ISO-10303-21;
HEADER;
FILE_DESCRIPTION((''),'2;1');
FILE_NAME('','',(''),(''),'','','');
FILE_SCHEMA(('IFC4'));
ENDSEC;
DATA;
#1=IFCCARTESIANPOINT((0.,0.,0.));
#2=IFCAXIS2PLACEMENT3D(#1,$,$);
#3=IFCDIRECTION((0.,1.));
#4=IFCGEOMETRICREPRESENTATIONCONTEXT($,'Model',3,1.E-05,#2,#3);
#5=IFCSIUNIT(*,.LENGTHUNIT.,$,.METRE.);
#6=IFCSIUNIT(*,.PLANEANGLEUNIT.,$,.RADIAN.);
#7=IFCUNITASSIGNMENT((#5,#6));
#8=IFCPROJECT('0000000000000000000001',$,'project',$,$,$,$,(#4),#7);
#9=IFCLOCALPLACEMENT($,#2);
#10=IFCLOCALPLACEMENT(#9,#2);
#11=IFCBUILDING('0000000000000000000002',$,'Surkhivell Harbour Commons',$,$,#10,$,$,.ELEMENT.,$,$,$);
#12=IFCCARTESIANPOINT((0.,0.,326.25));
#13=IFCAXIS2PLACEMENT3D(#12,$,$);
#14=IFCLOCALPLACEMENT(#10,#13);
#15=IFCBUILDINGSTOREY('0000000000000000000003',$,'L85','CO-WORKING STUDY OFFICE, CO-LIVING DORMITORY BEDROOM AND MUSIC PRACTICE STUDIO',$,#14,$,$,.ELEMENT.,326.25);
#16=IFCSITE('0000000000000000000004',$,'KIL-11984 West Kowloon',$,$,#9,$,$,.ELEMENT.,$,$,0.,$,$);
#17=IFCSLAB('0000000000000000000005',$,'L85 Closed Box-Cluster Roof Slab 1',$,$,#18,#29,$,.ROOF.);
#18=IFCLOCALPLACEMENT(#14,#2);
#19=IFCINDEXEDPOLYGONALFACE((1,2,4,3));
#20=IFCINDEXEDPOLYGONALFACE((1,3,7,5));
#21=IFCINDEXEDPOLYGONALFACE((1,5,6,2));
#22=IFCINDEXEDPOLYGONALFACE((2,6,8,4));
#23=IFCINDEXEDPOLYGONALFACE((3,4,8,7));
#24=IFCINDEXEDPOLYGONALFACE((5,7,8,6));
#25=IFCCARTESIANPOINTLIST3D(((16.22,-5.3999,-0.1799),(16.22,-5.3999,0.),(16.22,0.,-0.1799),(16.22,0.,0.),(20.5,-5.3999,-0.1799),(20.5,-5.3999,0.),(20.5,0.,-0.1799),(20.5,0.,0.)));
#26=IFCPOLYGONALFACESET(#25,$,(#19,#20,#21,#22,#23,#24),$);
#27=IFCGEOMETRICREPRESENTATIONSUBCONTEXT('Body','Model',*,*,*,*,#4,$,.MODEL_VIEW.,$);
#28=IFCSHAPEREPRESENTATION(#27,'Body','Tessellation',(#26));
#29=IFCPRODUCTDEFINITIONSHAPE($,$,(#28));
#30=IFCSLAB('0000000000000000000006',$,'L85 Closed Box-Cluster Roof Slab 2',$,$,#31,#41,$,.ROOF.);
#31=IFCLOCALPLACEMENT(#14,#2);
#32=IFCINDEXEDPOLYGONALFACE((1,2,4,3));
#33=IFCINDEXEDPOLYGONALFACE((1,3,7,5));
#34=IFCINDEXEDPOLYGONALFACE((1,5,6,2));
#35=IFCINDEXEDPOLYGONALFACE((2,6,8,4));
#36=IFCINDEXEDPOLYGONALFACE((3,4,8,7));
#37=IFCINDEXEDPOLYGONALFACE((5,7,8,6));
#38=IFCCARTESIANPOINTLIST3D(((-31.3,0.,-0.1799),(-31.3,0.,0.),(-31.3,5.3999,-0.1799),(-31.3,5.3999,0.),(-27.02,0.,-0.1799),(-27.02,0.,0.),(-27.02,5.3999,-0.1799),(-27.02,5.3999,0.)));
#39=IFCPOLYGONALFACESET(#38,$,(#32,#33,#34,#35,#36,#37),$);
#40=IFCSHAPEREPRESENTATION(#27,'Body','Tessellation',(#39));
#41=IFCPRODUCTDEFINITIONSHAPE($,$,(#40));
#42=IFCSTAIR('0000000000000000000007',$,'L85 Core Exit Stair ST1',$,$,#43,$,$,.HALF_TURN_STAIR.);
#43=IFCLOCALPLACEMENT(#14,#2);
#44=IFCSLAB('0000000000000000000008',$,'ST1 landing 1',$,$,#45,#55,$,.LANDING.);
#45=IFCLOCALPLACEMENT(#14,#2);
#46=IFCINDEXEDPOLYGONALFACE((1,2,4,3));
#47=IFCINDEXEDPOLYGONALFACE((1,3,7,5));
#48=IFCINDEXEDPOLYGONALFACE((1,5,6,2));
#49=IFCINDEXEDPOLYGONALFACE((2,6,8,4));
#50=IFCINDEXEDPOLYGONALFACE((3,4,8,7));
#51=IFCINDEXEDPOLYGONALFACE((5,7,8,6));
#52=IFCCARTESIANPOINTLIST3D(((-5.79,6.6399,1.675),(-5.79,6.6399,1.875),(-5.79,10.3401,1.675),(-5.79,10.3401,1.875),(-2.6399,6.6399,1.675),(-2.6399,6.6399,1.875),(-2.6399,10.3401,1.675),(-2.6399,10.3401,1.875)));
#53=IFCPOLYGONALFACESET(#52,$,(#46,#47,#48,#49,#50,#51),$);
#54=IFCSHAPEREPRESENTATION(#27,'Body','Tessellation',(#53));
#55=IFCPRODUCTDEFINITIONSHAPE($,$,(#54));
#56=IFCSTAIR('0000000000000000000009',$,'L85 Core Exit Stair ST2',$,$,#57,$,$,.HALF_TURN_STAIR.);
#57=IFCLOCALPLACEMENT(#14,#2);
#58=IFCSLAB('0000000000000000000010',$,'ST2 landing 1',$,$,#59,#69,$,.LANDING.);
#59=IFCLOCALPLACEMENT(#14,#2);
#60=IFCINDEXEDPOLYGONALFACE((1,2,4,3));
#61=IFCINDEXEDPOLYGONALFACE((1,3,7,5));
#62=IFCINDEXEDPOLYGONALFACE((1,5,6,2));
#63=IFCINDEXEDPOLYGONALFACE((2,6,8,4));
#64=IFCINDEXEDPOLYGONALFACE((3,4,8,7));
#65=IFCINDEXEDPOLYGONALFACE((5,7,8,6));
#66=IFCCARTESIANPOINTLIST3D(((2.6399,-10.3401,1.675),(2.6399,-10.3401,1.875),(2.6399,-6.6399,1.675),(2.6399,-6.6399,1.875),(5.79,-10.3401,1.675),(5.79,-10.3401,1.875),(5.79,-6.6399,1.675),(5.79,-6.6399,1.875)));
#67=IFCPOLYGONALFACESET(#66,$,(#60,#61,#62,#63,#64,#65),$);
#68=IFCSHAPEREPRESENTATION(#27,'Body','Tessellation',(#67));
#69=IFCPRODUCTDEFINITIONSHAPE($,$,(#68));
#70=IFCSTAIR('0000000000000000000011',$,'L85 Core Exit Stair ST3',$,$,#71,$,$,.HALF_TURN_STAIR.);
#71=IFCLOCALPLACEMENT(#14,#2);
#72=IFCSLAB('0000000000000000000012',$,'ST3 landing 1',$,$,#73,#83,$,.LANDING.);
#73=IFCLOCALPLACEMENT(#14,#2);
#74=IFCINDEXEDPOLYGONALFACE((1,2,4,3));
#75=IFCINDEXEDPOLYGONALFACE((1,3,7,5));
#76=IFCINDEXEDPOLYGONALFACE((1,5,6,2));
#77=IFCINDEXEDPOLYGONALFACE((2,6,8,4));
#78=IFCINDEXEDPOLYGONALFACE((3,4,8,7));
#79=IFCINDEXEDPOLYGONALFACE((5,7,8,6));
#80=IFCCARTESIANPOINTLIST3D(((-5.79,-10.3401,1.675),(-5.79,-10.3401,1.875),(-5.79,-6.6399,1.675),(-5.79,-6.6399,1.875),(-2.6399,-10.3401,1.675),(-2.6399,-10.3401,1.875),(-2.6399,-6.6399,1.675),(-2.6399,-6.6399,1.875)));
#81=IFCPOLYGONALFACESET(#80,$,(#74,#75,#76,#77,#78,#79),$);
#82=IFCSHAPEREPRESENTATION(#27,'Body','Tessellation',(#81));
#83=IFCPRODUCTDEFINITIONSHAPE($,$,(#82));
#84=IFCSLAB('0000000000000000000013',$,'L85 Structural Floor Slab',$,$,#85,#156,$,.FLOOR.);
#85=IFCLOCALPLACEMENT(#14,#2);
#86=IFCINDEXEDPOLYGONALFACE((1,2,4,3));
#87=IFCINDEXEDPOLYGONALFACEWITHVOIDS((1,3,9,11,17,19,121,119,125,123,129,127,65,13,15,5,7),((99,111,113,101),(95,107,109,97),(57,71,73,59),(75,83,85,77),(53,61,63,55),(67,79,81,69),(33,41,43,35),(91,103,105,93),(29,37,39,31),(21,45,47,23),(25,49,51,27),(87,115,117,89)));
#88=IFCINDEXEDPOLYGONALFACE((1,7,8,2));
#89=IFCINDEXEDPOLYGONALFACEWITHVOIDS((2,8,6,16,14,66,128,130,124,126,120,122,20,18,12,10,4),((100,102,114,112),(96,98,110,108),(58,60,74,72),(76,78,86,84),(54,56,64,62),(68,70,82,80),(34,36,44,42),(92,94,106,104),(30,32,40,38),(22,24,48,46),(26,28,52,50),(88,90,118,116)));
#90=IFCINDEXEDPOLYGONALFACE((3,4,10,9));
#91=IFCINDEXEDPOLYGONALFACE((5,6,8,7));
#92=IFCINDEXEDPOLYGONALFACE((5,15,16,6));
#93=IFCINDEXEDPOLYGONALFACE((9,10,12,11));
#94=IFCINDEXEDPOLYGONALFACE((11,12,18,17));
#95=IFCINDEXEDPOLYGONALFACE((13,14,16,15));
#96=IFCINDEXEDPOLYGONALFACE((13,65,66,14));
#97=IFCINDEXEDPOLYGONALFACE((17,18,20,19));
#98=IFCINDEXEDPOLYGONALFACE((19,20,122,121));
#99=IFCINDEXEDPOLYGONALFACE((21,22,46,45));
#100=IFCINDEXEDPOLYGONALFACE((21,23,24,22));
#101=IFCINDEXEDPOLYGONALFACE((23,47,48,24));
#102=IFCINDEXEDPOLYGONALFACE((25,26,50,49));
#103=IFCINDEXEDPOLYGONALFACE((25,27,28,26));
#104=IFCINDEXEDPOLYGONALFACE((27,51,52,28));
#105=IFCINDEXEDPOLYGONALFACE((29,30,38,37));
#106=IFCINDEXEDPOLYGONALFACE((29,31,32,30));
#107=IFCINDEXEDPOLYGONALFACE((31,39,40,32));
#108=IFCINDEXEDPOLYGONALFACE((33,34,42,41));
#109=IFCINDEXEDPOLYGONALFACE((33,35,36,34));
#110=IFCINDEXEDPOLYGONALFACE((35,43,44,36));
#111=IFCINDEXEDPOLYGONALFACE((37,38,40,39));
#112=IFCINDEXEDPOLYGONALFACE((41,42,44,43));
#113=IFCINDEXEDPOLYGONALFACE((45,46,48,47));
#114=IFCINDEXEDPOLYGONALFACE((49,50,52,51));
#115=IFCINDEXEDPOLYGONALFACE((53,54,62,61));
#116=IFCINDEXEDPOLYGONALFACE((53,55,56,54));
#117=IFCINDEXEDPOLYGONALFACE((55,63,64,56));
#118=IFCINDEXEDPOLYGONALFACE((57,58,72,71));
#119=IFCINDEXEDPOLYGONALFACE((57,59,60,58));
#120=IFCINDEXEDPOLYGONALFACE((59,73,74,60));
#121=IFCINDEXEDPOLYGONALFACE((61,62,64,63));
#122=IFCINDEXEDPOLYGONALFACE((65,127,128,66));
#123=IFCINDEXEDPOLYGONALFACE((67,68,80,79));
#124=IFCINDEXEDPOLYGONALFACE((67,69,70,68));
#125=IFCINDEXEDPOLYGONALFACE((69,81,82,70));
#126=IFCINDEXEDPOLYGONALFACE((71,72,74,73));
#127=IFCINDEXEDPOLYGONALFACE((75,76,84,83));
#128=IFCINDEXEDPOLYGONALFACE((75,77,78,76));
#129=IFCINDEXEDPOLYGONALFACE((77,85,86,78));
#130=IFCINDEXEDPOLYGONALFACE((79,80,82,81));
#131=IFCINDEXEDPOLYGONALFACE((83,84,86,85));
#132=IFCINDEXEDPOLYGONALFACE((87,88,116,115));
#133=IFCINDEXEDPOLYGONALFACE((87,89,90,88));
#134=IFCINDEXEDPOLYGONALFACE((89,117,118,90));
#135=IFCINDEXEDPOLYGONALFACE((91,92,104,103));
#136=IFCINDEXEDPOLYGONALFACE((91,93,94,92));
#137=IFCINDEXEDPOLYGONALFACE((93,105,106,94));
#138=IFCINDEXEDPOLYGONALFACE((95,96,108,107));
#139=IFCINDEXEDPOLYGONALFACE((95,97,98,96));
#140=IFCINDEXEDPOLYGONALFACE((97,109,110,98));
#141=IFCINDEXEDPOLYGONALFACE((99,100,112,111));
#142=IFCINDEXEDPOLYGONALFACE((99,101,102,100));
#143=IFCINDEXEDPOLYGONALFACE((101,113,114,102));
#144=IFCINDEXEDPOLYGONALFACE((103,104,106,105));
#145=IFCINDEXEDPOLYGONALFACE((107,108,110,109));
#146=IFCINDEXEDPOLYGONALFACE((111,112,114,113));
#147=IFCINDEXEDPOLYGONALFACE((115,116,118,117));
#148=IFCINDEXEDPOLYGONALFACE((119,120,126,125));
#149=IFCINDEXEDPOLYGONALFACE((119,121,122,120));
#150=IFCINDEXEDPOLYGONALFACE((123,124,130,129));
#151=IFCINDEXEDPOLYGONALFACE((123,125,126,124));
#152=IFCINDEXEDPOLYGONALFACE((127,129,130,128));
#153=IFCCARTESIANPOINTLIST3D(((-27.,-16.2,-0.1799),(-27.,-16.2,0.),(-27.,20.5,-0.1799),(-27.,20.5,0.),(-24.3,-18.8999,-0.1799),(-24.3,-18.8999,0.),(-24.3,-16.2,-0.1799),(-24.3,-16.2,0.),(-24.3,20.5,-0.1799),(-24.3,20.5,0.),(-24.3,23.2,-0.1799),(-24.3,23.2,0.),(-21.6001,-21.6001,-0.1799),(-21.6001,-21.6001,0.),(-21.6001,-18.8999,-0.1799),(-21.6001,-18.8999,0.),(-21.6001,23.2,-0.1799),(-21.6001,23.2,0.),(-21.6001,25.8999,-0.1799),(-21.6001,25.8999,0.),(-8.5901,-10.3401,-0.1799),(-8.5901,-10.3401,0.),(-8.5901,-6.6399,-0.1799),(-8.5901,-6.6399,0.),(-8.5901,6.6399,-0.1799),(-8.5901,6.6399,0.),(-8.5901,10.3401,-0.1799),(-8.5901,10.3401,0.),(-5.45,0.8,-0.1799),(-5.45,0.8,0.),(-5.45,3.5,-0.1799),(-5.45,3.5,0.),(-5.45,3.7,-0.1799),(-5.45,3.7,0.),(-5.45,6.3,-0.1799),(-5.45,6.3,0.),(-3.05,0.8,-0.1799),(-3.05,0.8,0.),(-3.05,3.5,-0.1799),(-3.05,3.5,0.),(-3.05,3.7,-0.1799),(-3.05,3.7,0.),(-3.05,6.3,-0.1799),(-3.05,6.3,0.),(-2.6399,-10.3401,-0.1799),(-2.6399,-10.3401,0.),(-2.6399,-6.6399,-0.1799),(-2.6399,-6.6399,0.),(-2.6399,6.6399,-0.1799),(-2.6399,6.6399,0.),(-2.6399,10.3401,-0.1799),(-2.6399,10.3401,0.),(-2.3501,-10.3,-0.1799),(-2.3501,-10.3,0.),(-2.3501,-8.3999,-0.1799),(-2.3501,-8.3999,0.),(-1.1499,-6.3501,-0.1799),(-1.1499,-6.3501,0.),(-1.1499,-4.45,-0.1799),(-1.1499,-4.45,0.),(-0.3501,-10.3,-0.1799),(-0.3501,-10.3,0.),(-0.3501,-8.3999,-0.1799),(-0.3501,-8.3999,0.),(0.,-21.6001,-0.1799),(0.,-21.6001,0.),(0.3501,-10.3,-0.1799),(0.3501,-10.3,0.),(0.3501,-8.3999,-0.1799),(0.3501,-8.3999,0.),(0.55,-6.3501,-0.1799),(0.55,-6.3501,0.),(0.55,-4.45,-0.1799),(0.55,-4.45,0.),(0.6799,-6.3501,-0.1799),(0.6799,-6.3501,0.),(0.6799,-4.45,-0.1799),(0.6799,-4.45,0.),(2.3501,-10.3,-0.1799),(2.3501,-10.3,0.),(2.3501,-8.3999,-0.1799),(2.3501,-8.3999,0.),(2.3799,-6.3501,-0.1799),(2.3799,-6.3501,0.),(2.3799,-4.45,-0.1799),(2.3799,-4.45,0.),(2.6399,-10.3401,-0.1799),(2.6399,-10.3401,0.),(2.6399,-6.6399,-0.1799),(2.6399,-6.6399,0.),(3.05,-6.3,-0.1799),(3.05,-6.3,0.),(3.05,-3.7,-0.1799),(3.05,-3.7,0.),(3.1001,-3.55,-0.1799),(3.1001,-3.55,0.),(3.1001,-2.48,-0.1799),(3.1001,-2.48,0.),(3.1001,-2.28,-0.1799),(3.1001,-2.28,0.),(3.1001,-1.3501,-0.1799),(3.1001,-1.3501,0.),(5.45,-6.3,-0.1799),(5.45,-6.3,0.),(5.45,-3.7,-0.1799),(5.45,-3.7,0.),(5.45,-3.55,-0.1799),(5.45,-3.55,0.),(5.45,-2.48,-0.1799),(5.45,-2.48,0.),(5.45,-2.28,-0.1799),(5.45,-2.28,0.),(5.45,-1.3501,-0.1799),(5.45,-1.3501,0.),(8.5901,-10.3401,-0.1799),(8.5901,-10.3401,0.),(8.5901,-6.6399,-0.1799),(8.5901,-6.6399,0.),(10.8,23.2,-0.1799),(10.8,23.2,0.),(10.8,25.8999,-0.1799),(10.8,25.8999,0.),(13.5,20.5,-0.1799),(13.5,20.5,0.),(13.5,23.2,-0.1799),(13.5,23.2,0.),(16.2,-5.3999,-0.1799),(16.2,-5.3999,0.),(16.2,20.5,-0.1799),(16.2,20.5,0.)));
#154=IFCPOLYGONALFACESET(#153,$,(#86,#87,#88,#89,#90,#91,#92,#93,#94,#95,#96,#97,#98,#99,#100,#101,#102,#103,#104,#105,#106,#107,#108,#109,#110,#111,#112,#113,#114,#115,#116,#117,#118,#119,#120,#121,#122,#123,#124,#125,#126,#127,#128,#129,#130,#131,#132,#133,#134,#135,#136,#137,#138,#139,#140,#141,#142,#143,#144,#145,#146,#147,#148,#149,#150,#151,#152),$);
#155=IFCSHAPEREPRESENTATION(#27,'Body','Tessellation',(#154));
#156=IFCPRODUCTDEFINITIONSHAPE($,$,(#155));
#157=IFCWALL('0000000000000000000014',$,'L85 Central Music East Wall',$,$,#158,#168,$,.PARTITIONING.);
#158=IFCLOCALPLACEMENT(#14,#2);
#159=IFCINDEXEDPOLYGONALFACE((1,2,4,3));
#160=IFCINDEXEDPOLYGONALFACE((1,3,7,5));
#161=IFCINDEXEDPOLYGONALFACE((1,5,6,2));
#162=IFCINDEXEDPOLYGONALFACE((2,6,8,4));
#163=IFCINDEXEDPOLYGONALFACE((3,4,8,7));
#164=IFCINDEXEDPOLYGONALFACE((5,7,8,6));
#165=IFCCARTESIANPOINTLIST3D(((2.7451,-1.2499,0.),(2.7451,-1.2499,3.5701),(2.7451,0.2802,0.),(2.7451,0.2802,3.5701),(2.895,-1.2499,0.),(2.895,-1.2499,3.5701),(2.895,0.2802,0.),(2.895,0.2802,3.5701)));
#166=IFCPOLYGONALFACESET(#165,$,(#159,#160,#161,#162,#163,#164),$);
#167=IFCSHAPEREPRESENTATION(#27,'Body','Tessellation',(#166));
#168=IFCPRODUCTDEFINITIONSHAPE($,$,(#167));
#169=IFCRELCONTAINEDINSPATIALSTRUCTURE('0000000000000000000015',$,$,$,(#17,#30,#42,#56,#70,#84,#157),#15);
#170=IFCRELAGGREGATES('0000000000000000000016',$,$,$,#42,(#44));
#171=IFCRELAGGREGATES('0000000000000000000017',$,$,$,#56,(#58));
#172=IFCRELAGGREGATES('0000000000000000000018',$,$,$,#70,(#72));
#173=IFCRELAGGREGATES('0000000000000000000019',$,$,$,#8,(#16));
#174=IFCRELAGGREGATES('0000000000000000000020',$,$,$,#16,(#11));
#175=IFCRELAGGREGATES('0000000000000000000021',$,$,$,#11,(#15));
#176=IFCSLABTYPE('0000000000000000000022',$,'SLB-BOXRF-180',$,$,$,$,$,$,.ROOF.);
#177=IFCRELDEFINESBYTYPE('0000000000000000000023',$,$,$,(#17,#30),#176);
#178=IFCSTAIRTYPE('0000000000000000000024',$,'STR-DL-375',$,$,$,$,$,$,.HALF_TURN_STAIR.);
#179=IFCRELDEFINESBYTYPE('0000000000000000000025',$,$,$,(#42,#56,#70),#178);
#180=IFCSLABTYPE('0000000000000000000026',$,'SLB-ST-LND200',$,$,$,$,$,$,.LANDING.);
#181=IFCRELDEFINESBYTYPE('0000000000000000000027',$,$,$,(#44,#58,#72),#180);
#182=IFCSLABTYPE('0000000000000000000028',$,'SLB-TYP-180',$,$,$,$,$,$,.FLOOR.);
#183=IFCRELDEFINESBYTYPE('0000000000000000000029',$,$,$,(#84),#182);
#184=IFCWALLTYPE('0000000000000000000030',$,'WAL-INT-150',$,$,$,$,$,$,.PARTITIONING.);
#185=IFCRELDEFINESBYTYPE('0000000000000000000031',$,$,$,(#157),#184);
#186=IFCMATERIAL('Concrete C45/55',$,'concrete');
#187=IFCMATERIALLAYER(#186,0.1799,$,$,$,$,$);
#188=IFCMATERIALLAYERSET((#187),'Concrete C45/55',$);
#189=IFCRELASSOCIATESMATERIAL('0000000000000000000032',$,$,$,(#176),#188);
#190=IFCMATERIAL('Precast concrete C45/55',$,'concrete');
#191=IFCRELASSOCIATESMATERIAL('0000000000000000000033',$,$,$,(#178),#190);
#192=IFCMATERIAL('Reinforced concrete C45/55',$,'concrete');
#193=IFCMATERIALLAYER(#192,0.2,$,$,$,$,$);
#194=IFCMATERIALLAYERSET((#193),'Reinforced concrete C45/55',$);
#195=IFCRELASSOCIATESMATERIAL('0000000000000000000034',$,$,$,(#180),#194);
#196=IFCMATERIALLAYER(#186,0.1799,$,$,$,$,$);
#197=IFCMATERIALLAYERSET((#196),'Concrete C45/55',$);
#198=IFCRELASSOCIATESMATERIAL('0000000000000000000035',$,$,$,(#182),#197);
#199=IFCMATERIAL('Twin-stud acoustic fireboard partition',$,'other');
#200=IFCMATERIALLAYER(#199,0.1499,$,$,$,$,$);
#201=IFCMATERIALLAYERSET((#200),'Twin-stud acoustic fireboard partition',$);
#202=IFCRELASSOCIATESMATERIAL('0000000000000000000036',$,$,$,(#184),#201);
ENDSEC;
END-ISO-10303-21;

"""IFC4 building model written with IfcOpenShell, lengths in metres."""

from ifc_helpers import new_model, si_unit, direction, frame, frame_2d, origin, place, context, subcontext, project, spatial, polyline, rectangle, outline, extrude, material, layer, layer_set, type_object, element, aggregate, save


model = new_model("IFC4")

# Units and contexts
model_context = context("Model", 3, precision=1e-05, world=origin(), true_north=direction((0.0, 1.0)))
body_context = subcontext(model_context, "Body", "Model", "MODEL_VIEW")
ifc_project = project(units=[si_unit("LENGTHUNIT", "METRE"), si_unit("PLANEANGLEUNIT", "RADIAN")], contexts=[model_context])

# Site, building, storey
site_placement = place(None, origin())
site = spatial("IfcSite", under=ifc_project, at=site_placement, Name="KIL-11984 West Kowloon", CompositionType="ELEMENT", RefElevation=0.0)
building_placement = place(site_placement, origin())
building = spatial("IfcBuilding", under=site, at=building_placement, Name="Surkhivell Harbour Commons", CompositionType="ELEMENT")
storey_placement = place(building_placement, frame((0.0, 0.0, 326.25)))
storey = spatial("IfcBuildingStorey", under=building, at=storey_placement, Name="L85", Description="CO-WORKING STUDY OFFICE, CO-LIVING DORMITORY BEDROOM AND MUSIC PRACTICE STUDIO", CompositionType="ELEMENT", Elevation=326.25)

# Slabs
ifc_material_1 = material(Name="Concrete C45/55", Category="concrete")
ifc_layer_1 = layer(ifc_material_1, 0.1799)
ifc_layer_set_1 = layer_set([ifc_layer_1], Name="Concrete C45/55")
slab_type_1 = type_object("IfcSlabType", Name="SLB-BOXRF-180", PredefinedType="ROOF", material=ifc_layer_set_1)
slab_1_placement = place(storey_placement, frame((0.0, 0.0, -0.1799)))
element("IfcSlab", 1, at=slab_1_placement, inside=storey, type_object=slab_type_1, Name="L85 Closed Box-Cluster Roof Slab 1", PredefinedType="ROOF", context=body_context, shape_type="SweptSolid", body=[
    extrude(outline(polyline([(20.5, 0.0), (16.22, 0.0), (16.22, -5.3999), (20.5, -5.3999), (20.5, 0.0)])), origin(), (0.0, 0.0, 1.0), 0.1799),
])
slab_2_placement = place(storey_placement, frame((0.0, 0.0, -0.1799)))
element("IfcSlab", 2, at=slab_2_placement, inside=storey, type_object=slab_type_1, Name="L85 Closed Box-Cluster Roof Slab 2", PredefinedType="ROOF", context=body_context, shape_type="SweptSolid", body=[
    extrude(outline(polyline([(-31.3, 0.0), (-27.02, 0.0), (-27.02, 5.3999), (-31.3, 5.3999), (-31.3, 0.0)])), origin(), (0.0, 0.0, 1.0), 0.1799),
])

# Stairs, slabs
ifc_material_2 = material(Name="Precast concrete C45/55", Category="concrete")
stair_type = type_object("IfcStairType", Name="STR-DL-375", PredefinedType="HALF_TURN_STAIR", material=ifc_material_2)
stair_1_placement = place(storey_placement, origin())
stair_1 = element("IfcStair", 3, at=stair_1_placement, inside=storey, type_object=stair_type, Name="L85 Core Exit Stair ST1", PredefinedType="HALF_TURN_STAIR")
ifc_material_3 = material(Name="Reinforced concrete C45/55", Category="concrete")
ifc_layer_2 = layer(ifc_material_3, 0.2)
ifc_layer_set_2 = layer_set([ifc_layer_2], Name="Reinforced concrete C45/55")
slab_type_2 = type_object("IfcSlabType", Name="SLB-ST-LND200", PredefinedType="LANDING", material=ifc_layer_set_2)
slab_3_placement = place(storey_placement, frame((0.0, 0.0, 1.675)))
slab_3 = element("IfcSlab", 4, at=slab_3_placement, type_object=slab_type_2, Name="ST1 landing 1", PredefinedType="LANDING", context=body_context, shape_type="SweptSolid", body=[
    extrude(outline(polyline([(-5.79, 6.6399), (-2.6399, 6.6399), (-2.6399, 10.3401), (-5.79, 10.3401), (-5.79, 6.6399)])), origin(), (0.0, 0.0, 1.0), 0.2),
])
aggregate(stair_1, [slab_3])
stair_2_placement = place(storey_placement, origin())
stair_2 = element("IfcStair", 5, at=stair_2_placement, inside=storey, type_object=stair_type, Name="L85 Core Exit Stair ST2", PredefinedType="HALF_TURN_STAIR")
slab_4_placement = place(storey_placement, frame((0.0, 0.0, 1.675)))
slab_4 = element("IfcSlab", 6, at=slab_4_placement, type_object=slab_type_2, Name="ST2 landing 1", PredefinedType="LANDING", context=body_context, shape_type="SweptSolid", body=[
    extrude(outline(polyline([(5.79, -6.6399), (2.6399, -6.6399), (2.6399, -10.3401), (5.79, -10.3401), (5.79, -6.6399)])), origin(), (0.0, 0.0, 1.0), 0.2),
])
aggregate(stair_2, [slab_4])
stair_3_placement = place(storey_placement, origin())
stair_3 = element("IfcStair", 7, at=stair_3_placement, inside=storey, type_object=stair_type, Name="L85 Core Exit Stair ST3", PredefinedType="HALF_TURN_STAIR")
slab_5_placement = place(storey_placement, frame((0.0, 0.0, 1.675)))
slab_5 = element("IfcSlab", 8, at=slab_5_placement, type_object=slab_type_2, Name="ST3 landing 1", PredefinedType="LANDING", context=body_context, shape_type="SweptSolid", body=[
    extrude(outline(polyline([(-5.79, -10.3401), (-2.6399, -10.3401), (-2.6399, -6.6399), (-5.79, -6.6399), (-5.79, -10.3401)])), origin(), (0.0, 0.0, 1.0), 0.2),
])
aggregate(stair_3, [slab_5])

# Slab
ifc_layer_3 = layer(ifc_material_1, 0.1799)
ifc_layer_set_3 = layer_set([ifc_layer_3], Name="Concrete C45/55")
slab_type_3 = type_object("IfcSlabType", Name="SLB-TYP-180", PredefinedType="FLOOR", material=ifc_layer_set_3)
slab_6_placement = place(storey_placement, frame((0.0, 0.0, -0.1799)))
element("IfcSlab", 9, at=slab_6_placement, inside=storey, type_object=slab_type_3, Name="L85 Structural Floor Slab", PredefinedType="FLOOR", context=body_context, shape_type="SweptSolid", body=[
    extrude(outline(polyline([(-21.6001, -21.6001), (0.0, -21.6001), (16.2, -5.3999), (16.2, 20.5), (13.5, 20.5), (13.5, 23.2), (10.8, 23.2), (10.8, 25.8999), (-21.6001, 25.8999), (-21.6001, 23.2), (-24.3, 23.2), (-24.3, 20.5), (-27.0, 20.5), (-27.0, -16.2), (-24.3, -16.2), (-24.3, -18.8999), (-21.6001, -18.8999), (-21.6001, -21.6001)]), holes=[polyline([(-8.5901, 6.6399), (-2.6399, 6.6399), (-2.6399, 10.3401), (-8.5901, 10.3401), (-8.5901, 6.6399)]), polyline([(8.5901, -6.6399), (2.6399, -6.6399), (2.6399, -10.3401), (8.5901, -10.3401), (8.5901, -6.6399)]), polyline([(-8.5901, -10.3401), (-2.6399, -10.3401), (-2.6399, -6.6399), (-8.5901, -6.6399), (-8.5901, -10.3401)]), polyline([(-1.1499, -6.3501), (0.55, -6.3501), (0.55, -4.45), (-1.1499, -4.45), (-1.1499, -6.3501)]), polyline([(0.6799, -6.3501), (2.3799, -6.3501), (2.3799, -4.45), (0.6799, -4.45), (0.6799, -6.3501)]), polyline([(-2.3501, -10.3), (-0.3501, -10.3), (-0.3501, -8.3999), (-2.3501, -8.3999), (-2.3501, -10.3)]), polyline([(0.3501, -10.3), (2.3501, -10.3), (2.3501, -8.3999), (0.3501, -8.3999), (0.3501, -10.3)]), polyline([(-5.45, 3.7), (-3.05, 3.7), (-3.05, 6.3), (-5.45, 6.3), (-5.45, 3.7)]), polyline([(3.05, -6.3), (5.45, -6.3), (5.45, -3.7), (3.05, -3.7), (3.05, -6.3)]), polyline([(-5.45, 0.8), (-3.05, 0.8), (-3.05, 3.5), (-5.45, 3.5), (-5.45, 0.8)]), polyline([(3.1001, -3.55), (5.45, -3.55), (5.45, -2.48), (3.1001, -2.48), (3.1001, -3.55)]), polyline([(3.1001, -2.28), (5.45, -2.28), (5.45, -1.3501), (3.1001, -1.3501), (3.1001, -2.28)])]), origin(), (0.0, 0.0, 1.0), 0.1799),
])

# Wall
ifc_material_4 = material(Name="Twin-stud acoustic fireboard partition", Category="other")
ifc_layer_4 = layer(ifc_material_4, 0.1499)
ifc_layer_set_4 = layer_set([ifc_layer_4], Name="Twin-stud acoustic fireboard partition")
wall_type_1 = type_object("IfcWallType", Name="WAL-INT-150", PredefinedType="PARTITIONING", material=ifc_layer_set_4)
wall_1_placement = place(storey_placement, frame((2.8201, -1.25, 0.0), z_axis=(0.0, 0.0, 1.0), x_axis=(0.0, 1.0, 0.0)))
element("IfcWall", 10, at=wall_1_placement, inside=storey, type_object=wall_type_1, Name="L85 Central Music East Wall", PredefinedType="PARTITIONING", context=body_context, shape_type="SweptSolid", body=[
    extrude(rectangle(XDim=1.53, YDim=0.1499, at=frame_2d((0.7651, 0.0))), origin(), (0.0, 0.0, 1.0), 3.5701),
])

save(model, "model.ifc")
